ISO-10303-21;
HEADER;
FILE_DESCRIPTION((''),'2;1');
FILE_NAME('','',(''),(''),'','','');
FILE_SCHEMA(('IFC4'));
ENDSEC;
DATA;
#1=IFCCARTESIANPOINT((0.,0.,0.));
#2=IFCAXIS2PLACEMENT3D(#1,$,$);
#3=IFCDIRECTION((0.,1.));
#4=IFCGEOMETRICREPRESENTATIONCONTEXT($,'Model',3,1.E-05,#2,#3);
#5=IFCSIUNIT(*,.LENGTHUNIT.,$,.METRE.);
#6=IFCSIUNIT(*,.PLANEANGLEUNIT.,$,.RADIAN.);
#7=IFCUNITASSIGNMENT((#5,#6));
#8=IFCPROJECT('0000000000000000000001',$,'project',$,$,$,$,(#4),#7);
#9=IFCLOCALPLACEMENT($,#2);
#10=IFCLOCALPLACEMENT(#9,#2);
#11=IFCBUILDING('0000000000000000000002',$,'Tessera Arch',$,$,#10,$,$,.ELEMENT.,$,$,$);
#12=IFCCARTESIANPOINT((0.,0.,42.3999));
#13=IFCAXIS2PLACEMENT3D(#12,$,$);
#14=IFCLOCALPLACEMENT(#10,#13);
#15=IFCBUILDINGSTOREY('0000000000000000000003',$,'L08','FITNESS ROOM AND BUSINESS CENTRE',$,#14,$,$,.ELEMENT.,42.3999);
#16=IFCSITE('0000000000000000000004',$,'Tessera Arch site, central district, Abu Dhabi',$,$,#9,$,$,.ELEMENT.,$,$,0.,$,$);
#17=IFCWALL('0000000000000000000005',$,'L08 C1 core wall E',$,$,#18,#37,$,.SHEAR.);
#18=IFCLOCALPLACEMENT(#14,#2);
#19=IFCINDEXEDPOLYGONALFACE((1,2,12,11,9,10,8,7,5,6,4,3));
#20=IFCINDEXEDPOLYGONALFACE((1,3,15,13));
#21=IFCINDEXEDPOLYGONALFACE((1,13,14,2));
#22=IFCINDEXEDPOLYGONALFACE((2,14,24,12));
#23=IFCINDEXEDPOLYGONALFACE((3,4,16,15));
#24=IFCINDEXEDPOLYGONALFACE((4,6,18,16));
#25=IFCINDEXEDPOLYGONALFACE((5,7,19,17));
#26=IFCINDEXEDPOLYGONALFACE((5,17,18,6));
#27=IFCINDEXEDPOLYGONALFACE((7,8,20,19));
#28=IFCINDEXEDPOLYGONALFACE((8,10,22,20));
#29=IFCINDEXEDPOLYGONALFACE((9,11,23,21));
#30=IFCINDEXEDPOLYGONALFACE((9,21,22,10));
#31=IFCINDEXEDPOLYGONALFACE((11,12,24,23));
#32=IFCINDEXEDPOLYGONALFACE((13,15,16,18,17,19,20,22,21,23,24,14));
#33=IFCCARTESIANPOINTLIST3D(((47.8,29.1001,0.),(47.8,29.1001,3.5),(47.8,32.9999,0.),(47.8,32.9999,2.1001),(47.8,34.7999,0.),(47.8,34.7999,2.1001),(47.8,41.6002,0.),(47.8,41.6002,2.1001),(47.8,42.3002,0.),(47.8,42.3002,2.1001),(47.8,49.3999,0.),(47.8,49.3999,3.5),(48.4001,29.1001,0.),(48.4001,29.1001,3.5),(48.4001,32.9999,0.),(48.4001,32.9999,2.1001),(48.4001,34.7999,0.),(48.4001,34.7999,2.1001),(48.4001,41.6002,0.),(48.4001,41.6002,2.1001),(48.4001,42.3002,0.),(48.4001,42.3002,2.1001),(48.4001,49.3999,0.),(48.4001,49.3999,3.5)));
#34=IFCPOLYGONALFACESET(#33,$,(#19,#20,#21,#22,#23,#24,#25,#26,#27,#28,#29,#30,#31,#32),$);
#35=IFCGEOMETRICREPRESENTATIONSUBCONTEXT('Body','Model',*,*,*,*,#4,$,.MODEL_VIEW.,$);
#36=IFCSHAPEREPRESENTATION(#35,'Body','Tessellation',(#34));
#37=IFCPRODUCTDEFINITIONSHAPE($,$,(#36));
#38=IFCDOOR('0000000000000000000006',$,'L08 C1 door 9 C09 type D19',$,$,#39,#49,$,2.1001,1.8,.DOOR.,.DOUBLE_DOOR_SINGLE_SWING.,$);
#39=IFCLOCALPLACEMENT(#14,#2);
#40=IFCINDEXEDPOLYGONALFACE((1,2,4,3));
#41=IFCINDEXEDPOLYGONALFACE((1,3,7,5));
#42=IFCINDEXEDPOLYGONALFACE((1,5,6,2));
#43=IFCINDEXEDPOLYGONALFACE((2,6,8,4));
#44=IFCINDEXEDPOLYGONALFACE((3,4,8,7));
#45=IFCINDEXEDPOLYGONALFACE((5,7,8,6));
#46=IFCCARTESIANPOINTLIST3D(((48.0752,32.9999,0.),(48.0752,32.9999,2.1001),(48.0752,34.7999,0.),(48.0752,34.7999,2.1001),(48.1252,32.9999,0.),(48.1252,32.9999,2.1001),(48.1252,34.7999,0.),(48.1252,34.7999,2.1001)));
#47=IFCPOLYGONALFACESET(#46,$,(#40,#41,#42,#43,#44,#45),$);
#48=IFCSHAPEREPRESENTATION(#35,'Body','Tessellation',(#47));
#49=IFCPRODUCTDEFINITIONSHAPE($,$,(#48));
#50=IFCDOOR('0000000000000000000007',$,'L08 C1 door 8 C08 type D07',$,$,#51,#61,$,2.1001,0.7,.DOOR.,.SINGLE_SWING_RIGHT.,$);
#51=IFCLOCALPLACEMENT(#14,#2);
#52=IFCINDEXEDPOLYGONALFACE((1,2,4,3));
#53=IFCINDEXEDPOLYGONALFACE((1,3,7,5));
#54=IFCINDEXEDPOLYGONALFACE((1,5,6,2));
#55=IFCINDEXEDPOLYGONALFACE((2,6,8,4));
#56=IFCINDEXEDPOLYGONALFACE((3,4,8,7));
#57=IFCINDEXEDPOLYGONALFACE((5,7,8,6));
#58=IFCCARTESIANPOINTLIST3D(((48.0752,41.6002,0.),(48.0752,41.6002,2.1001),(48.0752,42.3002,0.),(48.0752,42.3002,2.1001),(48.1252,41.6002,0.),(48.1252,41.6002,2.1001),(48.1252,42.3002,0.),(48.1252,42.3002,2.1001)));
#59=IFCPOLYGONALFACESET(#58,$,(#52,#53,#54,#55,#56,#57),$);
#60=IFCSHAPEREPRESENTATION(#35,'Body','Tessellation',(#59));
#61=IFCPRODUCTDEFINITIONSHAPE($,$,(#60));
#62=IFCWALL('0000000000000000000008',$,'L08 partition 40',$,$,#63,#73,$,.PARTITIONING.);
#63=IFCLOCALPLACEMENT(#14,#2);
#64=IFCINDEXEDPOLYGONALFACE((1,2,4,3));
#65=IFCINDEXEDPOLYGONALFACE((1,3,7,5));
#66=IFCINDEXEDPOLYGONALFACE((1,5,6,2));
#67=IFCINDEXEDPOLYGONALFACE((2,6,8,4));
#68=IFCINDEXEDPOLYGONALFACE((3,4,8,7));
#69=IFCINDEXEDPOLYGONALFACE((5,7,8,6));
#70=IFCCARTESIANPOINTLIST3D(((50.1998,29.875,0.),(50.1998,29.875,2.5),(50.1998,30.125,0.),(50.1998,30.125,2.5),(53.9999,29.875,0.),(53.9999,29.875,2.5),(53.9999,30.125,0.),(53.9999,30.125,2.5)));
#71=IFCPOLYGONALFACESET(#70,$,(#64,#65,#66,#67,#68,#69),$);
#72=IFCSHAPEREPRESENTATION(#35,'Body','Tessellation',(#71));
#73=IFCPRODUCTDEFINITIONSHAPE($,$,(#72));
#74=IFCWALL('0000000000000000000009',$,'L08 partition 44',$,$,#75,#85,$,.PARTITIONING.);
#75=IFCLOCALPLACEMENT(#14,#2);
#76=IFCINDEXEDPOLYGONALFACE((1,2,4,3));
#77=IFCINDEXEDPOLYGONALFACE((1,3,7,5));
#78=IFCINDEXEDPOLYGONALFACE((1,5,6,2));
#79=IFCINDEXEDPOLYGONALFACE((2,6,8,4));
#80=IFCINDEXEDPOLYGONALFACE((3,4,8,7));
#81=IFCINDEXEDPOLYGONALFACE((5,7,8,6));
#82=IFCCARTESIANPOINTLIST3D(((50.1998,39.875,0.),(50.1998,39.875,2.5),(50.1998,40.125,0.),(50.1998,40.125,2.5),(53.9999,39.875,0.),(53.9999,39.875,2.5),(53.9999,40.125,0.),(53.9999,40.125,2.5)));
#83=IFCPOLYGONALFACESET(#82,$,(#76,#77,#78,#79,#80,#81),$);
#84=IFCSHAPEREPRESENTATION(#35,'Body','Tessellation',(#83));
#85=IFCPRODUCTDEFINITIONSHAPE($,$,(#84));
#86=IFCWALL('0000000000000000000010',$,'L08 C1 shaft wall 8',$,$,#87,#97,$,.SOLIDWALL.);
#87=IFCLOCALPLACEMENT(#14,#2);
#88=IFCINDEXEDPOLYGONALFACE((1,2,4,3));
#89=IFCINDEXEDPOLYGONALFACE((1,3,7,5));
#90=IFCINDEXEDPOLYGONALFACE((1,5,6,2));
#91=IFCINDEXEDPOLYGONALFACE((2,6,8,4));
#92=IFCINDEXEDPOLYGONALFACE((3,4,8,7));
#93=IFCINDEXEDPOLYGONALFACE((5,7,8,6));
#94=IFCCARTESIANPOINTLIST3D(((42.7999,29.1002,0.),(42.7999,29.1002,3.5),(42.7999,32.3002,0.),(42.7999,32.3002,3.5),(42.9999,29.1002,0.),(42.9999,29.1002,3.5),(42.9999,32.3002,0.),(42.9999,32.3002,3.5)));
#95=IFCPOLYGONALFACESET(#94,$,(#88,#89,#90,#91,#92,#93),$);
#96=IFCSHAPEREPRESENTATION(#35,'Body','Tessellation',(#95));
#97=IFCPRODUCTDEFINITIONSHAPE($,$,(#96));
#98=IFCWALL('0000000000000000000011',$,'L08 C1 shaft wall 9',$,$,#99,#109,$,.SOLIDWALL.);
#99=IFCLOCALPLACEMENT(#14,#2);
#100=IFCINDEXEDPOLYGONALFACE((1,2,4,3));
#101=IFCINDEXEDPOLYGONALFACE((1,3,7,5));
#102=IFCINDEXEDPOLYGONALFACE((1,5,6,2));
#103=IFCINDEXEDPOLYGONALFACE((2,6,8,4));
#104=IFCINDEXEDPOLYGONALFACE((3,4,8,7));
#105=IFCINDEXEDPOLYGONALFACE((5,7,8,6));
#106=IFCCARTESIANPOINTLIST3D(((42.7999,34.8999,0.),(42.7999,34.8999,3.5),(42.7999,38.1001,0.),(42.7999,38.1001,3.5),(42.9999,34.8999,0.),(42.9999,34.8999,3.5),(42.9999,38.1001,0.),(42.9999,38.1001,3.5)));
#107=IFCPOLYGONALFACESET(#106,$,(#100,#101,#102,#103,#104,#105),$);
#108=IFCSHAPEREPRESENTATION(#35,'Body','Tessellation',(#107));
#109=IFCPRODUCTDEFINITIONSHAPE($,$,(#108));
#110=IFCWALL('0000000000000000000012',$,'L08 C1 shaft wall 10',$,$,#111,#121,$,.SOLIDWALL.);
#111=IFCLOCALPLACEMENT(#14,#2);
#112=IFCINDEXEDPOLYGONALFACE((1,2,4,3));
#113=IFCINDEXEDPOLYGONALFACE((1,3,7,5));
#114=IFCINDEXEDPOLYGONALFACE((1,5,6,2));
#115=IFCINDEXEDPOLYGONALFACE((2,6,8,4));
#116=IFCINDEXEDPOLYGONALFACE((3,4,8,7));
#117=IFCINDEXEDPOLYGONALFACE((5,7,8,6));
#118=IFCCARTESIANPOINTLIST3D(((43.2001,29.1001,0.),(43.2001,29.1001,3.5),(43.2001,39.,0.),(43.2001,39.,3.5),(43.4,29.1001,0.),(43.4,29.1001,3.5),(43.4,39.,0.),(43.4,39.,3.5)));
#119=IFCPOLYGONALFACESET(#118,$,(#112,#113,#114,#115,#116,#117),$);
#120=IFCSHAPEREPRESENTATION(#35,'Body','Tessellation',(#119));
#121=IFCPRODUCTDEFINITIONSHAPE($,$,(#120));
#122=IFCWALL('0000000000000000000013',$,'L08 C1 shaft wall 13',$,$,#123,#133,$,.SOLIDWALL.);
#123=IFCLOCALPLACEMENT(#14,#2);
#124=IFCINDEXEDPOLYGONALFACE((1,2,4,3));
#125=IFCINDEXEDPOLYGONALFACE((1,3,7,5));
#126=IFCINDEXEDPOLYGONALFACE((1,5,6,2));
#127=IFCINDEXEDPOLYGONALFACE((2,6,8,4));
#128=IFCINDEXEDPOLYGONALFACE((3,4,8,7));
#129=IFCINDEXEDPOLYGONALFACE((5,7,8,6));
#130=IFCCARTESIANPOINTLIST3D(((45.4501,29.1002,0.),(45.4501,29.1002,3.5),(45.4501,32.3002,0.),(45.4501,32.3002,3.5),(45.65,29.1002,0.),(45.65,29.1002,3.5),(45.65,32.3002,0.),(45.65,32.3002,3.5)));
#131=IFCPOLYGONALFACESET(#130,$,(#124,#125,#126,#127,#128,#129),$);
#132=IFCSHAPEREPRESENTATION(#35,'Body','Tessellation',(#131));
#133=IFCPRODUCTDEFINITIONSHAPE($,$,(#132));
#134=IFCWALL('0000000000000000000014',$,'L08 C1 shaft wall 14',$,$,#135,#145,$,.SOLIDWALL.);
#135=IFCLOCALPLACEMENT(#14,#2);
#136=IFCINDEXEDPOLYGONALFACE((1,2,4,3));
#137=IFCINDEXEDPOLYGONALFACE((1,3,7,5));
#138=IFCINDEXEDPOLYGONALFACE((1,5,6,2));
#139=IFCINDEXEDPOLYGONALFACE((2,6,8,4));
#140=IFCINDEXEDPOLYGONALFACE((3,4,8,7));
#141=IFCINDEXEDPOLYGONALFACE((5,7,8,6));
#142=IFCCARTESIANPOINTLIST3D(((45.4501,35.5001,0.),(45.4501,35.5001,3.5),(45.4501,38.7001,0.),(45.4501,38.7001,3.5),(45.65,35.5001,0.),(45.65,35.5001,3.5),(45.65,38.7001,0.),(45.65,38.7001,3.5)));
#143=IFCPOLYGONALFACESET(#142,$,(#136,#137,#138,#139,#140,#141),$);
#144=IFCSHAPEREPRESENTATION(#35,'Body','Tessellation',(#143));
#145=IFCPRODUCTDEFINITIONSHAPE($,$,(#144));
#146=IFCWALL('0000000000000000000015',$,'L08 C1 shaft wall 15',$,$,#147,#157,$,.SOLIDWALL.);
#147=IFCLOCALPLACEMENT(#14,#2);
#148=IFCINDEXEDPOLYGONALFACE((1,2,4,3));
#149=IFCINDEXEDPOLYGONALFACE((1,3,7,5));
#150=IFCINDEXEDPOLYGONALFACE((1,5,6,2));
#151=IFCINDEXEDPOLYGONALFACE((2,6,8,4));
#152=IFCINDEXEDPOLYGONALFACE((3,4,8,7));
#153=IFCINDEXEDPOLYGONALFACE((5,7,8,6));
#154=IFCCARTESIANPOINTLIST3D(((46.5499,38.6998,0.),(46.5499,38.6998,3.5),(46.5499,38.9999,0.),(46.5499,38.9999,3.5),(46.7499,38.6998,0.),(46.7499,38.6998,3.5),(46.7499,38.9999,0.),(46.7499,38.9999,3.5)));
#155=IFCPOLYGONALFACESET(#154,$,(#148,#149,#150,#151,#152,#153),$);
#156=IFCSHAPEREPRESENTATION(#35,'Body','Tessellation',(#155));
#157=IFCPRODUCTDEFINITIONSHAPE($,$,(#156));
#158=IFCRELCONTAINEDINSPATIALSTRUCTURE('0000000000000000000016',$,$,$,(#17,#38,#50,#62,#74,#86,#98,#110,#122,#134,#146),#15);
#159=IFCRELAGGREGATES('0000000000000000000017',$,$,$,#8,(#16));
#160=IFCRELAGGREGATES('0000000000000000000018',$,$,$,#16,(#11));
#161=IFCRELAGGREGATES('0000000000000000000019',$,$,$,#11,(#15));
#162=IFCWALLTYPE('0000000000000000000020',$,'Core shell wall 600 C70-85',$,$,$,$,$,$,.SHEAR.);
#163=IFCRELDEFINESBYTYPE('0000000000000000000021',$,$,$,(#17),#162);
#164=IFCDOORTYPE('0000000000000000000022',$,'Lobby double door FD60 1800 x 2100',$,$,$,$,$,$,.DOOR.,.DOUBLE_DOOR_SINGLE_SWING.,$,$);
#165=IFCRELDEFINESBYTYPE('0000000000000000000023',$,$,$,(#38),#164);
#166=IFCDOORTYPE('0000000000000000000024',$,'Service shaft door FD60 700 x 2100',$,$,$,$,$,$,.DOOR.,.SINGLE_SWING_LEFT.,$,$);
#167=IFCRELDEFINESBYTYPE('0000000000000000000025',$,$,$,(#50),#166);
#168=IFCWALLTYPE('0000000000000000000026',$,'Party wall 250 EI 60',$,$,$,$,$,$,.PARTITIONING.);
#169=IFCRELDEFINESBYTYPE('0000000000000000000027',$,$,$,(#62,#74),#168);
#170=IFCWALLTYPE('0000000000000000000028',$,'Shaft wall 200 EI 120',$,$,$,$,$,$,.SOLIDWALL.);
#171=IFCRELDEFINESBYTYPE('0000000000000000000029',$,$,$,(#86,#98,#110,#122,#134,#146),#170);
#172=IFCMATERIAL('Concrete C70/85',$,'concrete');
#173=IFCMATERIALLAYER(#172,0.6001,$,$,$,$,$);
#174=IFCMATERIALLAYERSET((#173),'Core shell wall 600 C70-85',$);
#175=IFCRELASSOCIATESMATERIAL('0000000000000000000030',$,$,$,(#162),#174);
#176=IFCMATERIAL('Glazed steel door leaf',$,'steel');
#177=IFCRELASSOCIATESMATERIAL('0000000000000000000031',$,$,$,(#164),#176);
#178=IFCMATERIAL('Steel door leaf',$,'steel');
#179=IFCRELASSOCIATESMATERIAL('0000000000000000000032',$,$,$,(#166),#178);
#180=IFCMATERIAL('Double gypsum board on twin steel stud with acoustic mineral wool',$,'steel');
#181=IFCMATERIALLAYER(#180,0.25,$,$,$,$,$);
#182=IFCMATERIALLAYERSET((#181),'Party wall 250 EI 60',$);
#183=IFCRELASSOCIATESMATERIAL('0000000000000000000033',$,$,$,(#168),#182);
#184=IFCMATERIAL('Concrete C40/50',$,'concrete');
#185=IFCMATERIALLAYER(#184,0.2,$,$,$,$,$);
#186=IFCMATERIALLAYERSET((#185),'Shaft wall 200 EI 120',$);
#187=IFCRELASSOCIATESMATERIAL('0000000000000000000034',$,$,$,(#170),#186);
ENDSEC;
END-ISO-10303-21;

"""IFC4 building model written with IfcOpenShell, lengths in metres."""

from ifc_helpers import new_model, si_unit, direction, frame, frame_2d, origin, place, context, subcontext, project, spatial, rectangle, extrude, material, layer, layer_set, type_object, element, fill, save


model = new_model("IFC4")

# Units and contexts
model_context = context("Model", 3, precision=1e-05, world=origin(), true_north=direction((0.0, 1.0)))
body_context = subcontext(model_context, "Body", "Model", "MODEL_VIEW")
ifc_project = project(units=[si_unit("LENGTHUNIT", "METRE"), si_unit("PLANEANGLEUNIT", "RADIAN")], contexts=[model_context])

# Site, building, storey
site_placement = place(None, origin())
site = spatial("IfcSite", under=ifc_project, at=site_placement, Name="Tessera Arch site, central district, Abu Dhabi", CompositionType="ELEMENT", RefElevation=0.0)
building_placement = place(site_placement, origin())
building = spatial("IfcBuilding", under=site, at=building_placement, Name="Tessera Arch", CompositionType="ELEMENT")
storey_placement = place(building_placement, frame((0.0, 0.0, 42.3999)))
storey = spatial("IfcBuildingStorey", under=building, at=storey_placement, Name="L08", Description="FITNESS ROOM AND BUSINESS CENTRE", CompositionType="ELEMENT", Elevation=42.3999)

# Wall, openings, doors
ifc_material_1 = material(Name="Concrete C70/85", Category="concrete")
ifc_layer_1 = layer(ifc_material_1, 0.6001)
ifc_layer_set_1 = layer_set([ifc_layer_1], Name="Core shell wall 600 C70-85")
wall_type_1 = type_object("IfcWallType", Name="Core shell wall 600 C70-85", PredefinedType="SHEAR", material=ifc_layer_set_1)
wall_1_placement = place(storey_placement, frame((48.1001, 29.1001, 0.0), z_axis=(0.0, 0.0, 1.0), x_axis=(0.0, 1.0, 0.0)))
wall_1 = element("IfcWall", 1, at=wall_1_placement, inside=storey, type_object=wall_type_1, Name="L08 C1 core wall E", PredefinedType="SHEAR", context=body_context, shape_type="SweptSolid", body=[
    extrude(rectangle(XDim=20.2998, YDim=0.6001, at=frame_2d((10.1499, 0.0))), origin(), (0.0, 0.0, 1.0), 3.5),
])
opening_1_placement = place(wall_1_placement, frame((12.5, 0.0, 0.0)))
opening_1 = element("IfcOpeningElement", 2, at=opening_1_placement, cuts=wall_1, PredefinedType="OPENING", context=body_context, shape_type="SweptSolid", body=[
    extrude(rectangle(XDim=0.7, YDim=2.1001, at=frame_2d((0.3501, 1.05))), frame((0.0, 0.3101, 0.0), z_axis=(0.0, -1.0, 0.0), x_axis=(1.0, 0.0, 0.0)), (0.0, 0.0, 1.0), 0.6201),
])
opening_2_placement = place(wall_1_placement, frame((3.8999, 0.0, 0.0)))
opening_2 = element("IfcOpeningElement", 3, at=opening_2_placement, cuts=wall_1, PredefinedType="OPENING", context=body_context, shape_type="SweptSolid", body=[
    extrude(rectangle(XDim=1.8, YDim=2.1001, at=frame_2d((0.8999, 1.05))), frame((0.0, 0.3101, 0.0), z_axis=(0.0, -1.0, 0.0), x_axis=(1.0, 0.0, 0.0)), (0.0, 0.0, 1.0), 0.6201),
])
ifc_material_2 = material(Name="Glazed steel door leaf", Category="steel")
door_type_1 = type_object("IfcDoorType", Name="Lobby double door FD60 1800 x 2100", OperationType="DOUBLE_DOOR_SINGLE_SWING", PredefinedType="DOOR", material=ifc_material_2)
door_1_placement = place(opening_2_placement, origin())
door_1 = element("IfcDoor", 4, at=door_1_placement, inside=storey, type_object=door_type_1, Name="L08 C1 door 9 C09 type D19", OperationType="DOUBLE_DOOR_SINGLE_SWING", OverallHeight=2.1001, OverallWidth=1.8, PredefinedType="DOOR", context=body_context, shape_type="SweptSolid", body=[
    extrude(rectangle(XDim=1.8, YDim=2.1001, at=frame_2d((0.8999, 1.05))), frame((0.0, 0.0249, 0.0), z_axis=(0.0, -1.0, 0.0), x_axis=(1.0, 0.0, 0.0)), (0.0, 0.0, 1.0), 0.05),
])
fill(opening_2, door_1)
ifc_material_3 = material(Name="Steel door leaf", Category="steel")
door_type_2 = type_object("IfcDoorType", Name="Service shaft door FD60 700 x 2100", OperationType="SINGLE_SWING_LEFT", PredefinedType="DOOR", material=ifc_material_3)
door_2_placement = place(opening_1_placement, origin())
door_2 = element("IfcDoor", 5, at=door_2_placement, inside=storey, type_object=door_type_2, Name="L08 C1 door 8 C08 type D07", OperationType="SINGLE_SWING_RIGHT", OverallHeight=2.1001, OverallWidth=0.7, PredefinedType="DOOR", context=body_context, shape_type="SweptSolid", body=[
    extrude(rectangle(XDim=0.7, YDim=2.1001, at=frame_2d((0.3501, 1.05))), frame((0.0, 0.0249, 0.0), z_axis=(0.0, -1.0, 0.0), x_axis=(1.0, 0.0, 0.0)), (0.0, 0.0, 1.0), 0.05),
])
fill(opening_1, door_2)

# Walls
ifc_material_4 = material(Name="Double gypsum board on twin steel stud with acoustic mineral wool", Category="steel")
ifc_layer_2 = layer(ifc_material_4, 0.25)
ifc_layer_set_2 = layer_set([ifc_layer_2], Name="Party wall 250 EI 60")
wall_type_2 = type_object("IfcWallType", Name="Party wall 250 EI 60", PredefinedType="PARTITIONING", material=ifc_layer_set_2)
for number, where, z_axis, x_axis, name in (
    (6, (50.2, 30.0, 0.0), (0.0, 0.0, 1.0), (1.0, 0.0, 0.0), "L08 partition 40"),
    (7, (50.2, 40.0, 0.0), (0.0, 0.0, 1.0), (1.0, 0.0, 0.0), "L08 partition 44"),
):
    element("IfcWall", number, at=place(storey_placement, frame(where, z_axis=z_axis, x_axis=x_axis)), inside=storey, type_object=wall_type_2, Name=name, PredefinedType="PARTITIONING", context=body_context, shape_type="SweptSolid", body=[
        extrude(rectangle(XDim=3.8, YDim=0.25, at=frame_2d((1.8999, 0.0))), origin(), (0.0, 0.0, 1.0), 2.5),
    ])
ifc_material_5 = material(Name="Concrete C40/50", Category="concrete")
ifc_layer_3 = layer(ifc_material_5, 0.2)
ifc_layer_set_3 = layer_set([ifc_layer_3], Name="Shaft wall 200 EI 120")
wall_type_3 = type_object("IfcWallType", Name="Shaft wall 200 EI 120", PredefinedType="SOLIDWALL", material=ifc_layer_set_3)
wall_2_placement = place(storey_placement, frame((42.8999, 29.1001, 0.0), z_axis=(0.0, 0.0, 1.0), x_axis=(0.0, 1.0, 0.0)))
element("IfcWall", 8, at=wall_2_placement, inside=storey, type_object=wall_type_3, Name="L08 C1 shaft wall 8", PredefinedType="SOLIDWALL", context=body_context, shape_type="SweptSolid", body=[
    extrude(rectangle(XDim=3.2, YDim=0.2, at=frame_2d((1.6001, 0.0))), origin(), (0.0, 0.0, 1.0), 3.5),
])
wall_3_placement = place(storey_placement, frame((42.8999, 34.8999, 0.0), z_axis=(0.0, 0.0, 1.0), x_axis=(0.0, 1.0, 0.0)))
element("IfcWall", 9, at=wall_3_placement, inside=storey, type_object=wall_type_3, Name="L08 C1 shaft wall 9", PredefinedType="SOLIDWALL", context=body_context, shape_type="SweptSolid", body=[
    extrude(rectangle(XDim=3.2002, YDim=0.2, at=frame_2d((1.6001, 0.0))), origin(), (0.0, 0.0, 1.0), 3.5),
])
wall_4_placement = place(storey_placement, frame((43.3, 29.1001, 0.0), z_axis=(0.0, 0.0, 1.0), x_axis=(0.0, 1.0, 0.0)))
element("IfcWall", 10, at=wall_4_placement, inside=storey, type_object=wall_type_3, Name="L08 C1 shaft wall 10", PredefinedType="SOLIDWALL", context=body_context, shape_type="SweptSolid", body=[
    extrude(rectangle(XDim=9.8999, YDim=0.2, at=frame_2d((4.95, 0.0))), origin(), (0.0, 0.0, 1.0), 3.5),
])
for number, where, z_axis, x_axis, name in (
    (11, (45.55, 29.1001, 0.0), (0.0, 0.0, 1.0), (0.0, 1.0, 0.0), "L08 C1 shaft wall 13"),
    (12, (45.55, 35.5, 0.0), (0.0, 0.0, 1.0), (0.0, 1.0, 0.0), "L08 C1 shaft wall 14"),
):
    element("IfcWall", number, at=place(storey_placement, frame(where, z_axis=z_axis, x_axis=x_axis)), inside=storey, type_object=wall_type_3, Name=name, PredefinedType="SOLIDWALL", context=body_context, shape_type="SweptSolid", body=[
        extrude(rectangle(XDim=3.2, YDim=0.2, at=frame_2d((1.6001, 0.0))), origin(), (0.0, 0.0, 1.0), 3.5),
    ])
wall_5_placement = place(storey_placement, frame((46.6499, 38.7, 0.0), z_axis=(0.0, 0.0, 1.0), x_axis=(0.0, 1.0, 0.0)))
element("IfcWall", 13, at=wall_5_placement, inside=storey, type_object=wall_type_3, Name="L08 C1 shaft wall 15", PredefinedType="SOLIDWALL", context=body_context, shape_type="SweptSolid", body=[
    extrude(rectangle(XDim=0.3, YDim=0.2, at=frame_2d((0.1499, 0.0))), origin(), (0.0, 0.0, 1.0), 3.5),
])

save(model, "model.ifc")
